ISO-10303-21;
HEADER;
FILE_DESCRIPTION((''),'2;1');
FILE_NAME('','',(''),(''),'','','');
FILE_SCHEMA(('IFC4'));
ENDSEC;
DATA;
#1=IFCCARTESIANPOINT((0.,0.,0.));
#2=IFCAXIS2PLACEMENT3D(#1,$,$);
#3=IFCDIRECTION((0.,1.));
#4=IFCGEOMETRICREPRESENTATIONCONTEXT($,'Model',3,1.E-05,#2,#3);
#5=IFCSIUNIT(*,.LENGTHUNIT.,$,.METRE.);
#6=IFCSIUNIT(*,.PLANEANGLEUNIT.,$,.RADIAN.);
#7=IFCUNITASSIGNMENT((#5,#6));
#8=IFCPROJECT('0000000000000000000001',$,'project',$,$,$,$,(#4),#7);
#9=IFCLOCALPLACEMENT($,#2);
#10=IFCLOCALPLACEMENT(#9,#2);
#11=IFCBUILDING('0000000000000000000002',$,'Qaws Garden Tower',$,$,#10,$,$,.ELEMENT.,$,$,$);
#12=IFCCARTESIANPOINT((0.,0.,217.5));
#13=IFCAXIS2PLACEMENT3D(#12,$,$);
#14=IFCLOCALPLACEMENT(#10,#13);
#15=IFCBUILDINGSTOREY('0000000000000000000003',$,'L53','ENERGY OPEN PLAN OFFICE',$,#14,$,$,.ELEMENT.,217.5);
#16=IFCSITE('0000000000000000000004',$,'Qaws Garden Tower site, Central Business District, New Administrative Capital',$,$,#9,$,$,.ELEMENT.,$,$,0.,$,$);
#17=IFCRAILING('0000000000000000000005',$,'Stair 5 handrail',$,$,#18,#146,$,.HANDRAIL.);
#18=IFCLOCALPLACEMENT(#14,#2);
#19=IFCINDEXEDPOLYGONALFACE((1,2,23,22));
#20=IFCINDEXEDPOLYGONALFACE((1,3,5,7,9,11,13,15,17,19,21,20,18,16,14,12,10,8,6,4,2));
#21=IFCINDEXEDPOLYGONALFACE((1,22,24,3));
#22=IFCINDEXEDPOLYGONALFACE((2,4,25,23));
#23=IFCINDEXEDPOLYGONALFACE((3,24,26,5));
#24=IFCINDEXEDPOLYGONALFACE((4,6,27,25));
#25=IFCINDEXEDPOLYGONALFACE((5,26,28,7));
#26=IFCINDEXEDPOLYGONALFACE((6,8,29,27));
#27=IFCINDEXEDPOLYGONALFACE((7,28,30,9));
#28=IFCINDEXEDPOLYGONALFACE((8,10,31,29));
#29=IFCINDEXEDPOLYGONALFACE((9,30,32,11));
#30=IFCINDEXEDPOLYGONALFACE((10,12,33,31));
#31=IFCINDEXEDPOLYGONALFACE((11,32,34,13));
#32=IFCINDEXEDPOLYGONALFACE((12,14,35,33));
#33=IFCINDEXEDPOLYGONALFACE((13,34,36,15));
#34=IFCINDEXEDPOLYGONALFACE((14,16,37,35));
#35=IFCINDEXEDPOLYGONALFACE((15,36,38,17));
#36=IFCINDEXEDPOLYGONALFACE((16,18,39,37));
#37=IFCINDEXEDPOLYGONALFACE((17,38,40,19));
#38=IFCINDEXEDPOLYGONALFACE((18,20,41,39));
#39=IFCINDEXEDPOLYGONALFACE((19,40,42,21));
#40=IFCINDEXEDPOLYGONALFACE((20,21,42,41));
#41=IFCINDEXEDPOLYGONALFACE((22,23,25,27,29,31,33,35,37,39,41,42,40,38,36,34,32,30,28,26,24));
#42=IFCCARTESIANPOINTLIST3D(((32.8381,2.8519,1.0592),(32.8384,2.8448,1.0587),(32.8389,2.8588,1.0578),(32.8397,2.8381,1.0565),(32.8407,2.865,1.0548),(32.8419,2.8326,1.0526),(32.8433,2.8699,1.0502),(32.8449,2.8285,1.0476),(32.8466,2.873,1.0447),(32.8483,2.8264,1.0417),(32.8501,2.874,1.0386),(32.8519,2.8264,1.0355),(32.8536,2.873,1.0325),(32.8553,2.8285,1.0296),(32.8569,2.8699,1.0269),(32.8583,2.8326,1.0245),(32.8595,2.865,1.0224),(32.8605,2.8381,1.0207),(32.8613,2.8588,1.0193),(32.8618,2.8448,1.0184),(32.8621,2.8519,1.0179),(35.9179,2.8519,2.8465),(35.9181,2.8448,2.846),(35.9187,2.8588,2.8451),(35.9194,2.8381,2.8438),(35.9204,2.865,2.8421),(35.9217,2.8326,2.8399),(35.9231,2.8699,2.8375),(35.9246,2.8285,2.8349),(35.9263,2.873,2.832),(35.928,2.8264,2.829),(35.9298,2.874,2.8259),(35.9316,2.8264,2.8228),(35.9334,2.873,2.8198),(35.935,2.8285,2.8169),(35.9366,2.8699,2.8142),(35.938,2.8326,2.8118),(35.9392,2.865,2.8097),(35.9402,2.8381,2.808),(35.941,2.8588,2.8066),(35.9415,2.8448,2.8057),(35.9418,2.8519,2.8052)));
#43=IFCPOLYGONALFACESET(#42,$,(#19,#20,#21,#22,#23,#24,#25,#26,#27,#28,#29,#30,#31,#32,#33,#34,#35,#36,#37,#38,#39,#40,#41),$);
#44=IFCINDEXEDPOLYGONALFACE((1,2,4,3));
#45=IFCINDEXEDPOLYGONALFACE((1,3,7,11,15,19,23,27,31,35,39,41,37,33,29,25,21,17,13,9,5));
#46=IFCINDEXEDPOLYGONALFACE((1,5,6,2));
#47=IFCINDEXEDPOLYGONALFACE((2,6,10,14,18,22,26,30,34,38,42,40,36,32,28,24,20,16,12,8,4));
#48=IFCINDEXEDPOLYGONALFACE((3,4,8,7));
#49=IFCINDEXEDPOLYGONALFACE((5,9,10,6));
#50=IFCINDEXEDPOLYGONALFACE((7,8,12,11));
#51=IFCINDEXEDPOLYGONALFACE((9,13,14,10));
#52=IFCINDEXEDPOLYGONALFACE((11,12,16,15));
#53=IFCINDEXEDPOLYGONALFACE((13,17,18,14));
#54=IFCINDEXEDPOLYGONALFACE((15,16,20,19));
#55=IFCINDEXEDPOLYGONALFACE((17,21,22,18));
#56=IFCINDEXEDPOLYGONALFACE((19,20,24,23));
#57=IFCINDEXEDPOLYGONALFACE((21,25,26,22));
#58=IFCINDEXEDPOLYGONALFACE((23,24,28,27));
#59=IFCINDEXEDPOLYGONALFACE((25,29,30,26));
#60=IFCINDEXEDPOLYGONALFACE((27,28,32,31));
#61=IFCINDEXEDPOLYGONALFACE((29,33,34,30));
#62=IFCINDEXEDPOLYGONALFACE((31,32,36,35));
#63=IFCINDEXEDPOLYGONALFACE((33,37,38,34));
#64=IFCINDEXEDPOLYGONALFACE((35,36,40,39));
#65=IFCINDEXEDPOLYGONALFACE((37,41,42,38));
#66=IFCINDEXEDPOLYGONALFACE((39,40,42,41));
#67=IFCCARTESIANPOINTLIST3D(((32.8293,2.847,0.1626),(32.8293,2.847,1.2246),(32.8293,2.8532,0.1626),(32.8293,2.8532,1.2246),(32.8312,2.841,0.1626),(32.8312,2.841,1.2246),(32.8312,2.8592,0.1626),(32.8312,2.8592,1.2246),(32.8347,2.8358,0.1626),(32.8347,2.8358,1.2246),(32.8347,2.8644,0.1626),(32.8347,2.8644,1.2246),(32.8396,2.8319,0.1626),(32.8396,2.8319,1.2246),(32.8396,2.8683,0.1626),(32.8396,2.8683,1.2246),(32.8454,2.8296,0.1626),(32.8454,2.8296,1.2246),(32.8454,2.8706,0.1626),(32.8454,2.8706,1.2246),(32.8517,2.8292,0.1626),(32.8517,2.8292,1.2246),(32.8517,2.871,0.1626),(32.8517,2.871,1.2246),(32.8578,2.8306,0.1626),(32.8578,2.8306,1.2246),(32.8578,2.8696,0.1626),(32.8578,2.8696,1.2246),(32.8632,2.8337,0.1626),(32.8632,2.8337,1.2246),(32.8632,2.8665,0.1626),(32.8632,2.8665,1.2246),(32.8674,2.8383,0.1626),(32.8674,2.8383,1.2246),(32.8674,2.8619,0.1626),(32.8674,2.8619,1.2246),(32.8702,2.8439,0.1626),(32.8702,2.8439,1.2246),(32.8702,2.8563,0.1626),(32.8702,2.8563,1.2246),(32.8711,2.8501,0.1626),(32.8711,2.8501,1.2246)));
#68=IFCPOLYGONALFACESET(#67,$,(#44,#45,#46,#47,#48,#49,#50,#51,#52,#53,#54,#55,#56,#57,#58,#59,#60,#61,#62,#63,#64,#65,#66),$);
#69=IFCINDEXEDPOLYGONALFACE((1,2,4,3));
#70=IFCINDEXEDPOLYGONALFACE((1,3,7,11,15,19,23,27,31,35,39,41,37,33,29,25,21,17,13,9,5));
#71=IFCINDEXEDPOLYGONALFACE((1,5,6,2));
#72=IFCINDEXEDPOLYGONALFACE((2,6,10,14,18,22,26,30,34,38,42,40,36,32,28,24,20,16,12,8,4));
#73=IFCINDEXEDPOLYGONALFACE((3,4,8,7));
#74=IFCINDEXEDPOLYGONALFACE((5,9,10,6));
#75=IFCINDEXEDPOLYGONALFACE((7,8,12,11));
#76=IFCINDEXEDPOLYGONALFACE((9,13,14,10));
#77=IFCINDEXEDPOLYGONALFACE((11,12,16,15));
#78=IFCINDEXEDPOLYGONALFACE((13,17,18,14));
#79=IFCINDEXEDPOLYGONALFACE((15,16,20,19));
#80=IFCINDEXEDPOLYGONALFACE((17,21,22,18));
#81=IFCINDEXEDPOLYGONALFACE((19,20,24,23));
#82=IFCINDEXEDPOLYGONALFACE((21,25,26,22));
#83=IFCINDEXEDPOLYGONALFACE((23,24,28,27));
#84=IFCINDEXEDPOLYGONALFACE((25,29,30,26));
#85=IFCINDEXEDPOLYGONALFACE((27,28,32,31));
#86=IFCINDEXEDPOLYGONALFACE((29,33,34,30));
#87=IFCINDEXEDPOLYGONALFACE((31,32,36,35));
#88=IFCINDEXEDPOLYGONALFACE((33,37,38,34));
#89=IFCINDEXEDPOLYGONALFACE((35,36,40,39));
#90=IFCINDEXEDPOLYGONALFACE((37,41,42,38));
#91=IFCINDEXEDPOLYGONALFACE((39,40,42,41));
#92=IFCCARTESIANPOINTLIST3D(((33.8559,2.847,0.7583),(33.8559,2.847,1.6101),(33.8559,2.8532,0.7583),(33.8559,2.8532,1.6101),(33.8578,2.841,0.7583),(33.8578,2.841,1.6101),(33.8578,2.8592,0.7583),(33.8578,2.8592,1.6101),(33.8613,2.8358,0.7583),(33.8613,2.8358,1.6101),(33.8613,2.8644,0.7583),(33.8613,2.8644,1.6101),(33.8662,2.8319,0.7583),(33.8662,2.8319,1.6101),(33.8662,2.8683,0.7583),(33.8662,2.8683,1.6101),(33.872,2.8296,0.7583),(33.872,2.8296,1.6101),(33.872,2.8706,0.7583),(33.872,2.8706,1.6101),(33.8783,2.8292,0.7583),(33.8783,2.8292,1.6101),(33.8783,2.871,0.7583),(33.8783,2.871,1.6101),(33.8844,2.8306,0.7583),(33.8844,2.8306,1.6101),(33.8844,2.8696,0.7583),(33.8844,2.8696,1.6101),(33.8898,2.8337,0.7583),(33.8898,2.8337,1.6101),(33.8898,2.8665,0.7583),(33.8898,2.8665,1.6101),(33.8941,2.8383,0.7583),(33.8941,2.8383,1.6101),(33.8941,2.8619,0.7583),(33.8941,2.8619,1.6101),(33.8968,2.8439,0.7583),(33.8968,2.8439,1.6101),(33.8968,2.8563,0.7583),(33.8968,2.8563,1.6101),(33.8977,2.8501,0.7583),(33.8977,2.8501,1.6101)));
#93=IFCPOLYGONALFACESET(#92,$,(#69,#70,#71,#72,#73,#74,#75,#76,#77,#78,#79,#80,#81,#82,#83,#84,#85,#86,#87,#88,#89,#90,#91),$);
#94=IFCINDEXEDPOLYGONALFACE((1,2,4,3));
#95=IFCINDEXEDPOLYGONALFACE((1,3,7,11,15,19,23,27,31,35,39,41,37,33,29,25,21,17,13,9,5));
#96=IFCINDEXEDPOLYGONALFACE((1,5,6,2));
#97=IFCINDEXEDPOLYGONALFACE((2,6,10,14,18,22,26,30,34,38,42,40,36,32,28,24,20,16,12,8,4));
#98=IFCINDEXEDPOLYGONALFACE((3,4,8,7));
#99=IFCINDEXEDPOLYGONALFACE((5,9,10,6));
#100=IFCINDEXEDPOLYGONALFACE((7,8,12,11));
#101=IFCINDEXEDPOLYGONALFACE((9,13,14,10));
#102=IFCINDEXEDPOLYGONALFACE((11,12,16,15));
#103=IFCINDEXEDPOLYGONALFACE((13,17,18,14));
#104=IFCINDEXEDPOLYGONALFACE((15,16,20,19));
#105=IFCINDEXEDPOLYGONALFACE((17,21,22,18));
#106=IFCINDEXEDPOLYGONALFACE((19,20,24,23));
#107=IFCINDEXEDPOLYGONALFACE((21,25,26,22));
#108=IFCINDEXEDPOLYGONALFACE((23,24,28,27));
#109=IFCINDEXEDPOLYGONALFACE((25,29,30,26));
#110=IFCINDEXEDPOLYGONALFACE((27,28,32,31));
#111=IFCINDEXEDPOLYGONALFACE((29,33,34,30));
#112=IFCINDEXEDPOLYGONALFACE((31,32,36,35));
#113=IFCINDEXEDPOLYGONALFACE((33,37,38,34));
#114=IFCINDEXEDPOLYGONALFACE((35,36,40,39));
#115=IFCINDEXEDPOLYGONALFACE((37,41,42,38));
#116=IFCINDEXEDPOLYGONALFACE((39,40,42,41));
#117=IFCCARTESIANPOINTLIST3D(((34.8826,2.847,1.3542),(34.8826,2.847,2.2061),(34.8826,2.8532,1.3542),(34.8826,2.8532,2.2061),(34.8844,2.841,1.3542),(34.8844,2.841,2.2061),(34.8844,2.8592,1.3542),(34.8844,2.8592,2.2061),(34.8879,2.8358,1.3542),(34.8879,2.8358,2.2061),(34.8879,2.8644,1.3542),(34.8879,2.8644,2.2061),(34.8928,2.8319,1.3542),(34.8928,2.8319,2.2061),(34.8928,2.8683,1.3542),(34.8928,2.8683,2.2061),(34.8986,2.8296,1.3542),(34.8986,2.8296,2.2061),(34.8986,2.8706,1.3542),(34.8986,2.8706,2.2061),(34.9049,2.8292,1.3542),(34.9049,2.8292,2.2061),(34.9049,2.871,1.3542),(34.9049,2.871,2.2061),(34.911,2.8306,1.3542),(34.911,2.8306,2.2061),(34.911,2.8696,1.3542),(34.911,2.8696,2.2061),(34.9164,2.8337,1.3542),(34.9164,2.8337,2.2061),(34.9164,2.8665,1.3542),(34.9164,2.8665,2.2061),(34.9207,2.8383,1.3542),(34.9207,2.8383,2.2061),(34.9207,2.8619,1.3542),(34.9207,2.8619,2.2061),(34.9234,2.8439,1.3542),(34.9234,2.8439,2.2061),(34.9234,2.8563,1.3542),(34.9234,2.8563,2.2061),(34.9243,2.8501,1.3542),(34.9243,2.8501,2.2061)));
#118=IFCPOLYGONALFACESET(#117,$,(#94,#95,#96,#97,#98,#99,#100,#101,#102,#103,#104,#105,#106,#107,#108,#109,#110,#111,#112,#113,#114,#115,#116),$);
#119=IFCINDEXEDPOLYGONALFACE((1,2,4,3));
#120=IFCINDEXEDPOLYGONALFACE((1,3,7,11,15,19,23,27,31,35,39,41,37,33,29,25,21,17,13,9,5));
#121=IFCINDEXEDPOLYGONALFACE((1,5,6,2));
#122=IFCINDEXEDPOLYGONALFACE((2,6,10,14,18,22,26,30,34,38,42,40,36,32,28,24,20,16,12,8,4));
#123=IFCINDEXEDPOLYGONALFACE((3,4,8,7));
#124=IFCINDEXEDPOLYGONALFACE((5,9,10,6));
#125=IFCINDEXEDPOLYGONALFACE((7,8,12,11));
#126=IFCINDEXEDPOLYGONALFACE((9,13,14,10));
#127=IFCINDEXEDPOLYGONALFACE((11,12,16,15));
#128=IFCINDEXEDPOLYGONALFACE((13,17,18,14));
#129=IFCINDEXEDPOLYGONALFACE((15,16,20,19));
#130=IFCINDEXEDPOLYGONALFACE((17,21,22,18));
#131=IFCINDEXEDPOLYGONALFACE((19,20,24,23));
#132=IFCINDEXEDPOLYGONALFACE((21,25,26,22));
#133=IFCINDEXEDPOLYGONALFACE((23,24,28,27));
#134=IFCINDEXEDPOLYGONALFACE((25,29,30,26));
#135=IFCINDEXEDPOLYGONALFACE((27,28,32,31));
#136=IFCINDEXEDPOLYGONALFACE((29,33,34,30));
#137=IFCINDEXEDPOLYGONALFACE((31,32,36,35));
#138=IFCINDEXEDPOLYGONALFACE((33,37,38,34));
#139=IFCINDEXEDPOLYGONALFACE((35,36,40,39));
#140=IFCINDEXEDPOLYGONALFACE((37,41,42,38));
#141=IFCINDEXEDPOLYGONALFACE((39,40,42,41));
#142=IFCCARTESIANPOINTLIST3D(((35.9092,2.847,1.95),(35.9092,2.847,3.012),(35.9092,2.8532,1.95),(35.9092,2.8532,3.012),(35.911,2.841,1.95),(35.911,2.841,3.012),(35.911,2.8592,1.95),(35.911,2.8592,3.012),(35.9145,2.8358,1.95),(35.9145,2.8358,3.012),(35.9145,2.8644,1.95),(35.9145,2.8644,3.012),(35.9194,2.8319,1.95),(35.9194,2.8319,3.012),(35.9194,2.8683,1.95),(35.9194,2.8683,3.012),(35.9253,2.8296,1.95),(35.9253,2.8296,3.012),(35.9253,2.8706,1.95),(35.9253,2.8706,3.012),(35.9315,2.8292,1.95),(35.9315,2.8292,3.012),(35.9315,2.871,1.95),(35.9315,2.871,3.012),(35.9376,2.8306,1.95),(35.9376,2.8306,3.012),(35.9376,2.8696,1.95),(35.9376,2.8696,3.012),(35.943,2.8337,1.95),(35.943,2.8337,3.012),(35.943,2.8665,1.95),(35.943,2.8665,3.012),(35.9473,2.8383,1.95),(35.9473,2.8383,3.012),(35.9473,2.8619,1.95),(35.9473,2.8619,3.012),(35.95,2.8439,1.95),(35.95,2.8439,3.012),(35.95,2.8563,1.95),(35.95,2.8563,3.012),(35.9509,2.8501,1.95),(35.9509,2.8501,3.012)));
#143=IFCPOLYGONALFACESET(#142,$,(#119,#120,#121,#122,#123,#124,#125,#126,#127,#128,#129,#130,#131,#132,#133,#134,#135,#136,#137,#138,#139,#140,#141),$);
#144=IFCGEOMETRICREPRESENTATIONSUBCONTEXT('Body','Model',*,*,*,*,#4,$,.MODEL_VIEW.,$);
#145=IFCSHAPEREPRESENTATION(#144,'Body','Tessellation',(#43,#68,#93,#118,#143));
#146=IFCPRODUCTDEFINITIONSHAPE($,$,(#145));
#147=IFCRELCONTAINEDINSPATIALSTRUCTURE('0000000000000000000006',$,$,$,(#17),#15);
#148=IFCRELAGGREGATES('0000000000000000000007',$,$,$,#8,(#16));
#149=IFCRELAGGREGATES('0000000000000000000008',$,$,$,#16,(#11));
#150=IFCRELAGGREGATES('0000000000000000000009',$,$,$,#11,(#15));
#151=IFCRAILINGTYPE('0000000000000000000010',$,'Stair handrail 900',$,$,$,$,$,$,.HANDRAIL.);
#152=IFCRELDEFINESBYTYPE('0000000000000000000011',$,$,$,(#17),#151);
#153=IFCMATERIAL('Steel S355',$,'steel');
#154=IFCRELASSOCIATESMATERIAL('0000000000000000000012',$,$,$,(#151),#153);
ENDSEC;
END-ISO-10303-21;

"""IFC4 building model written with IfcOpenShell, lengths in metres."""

from ifc_helpers import new_model, si_unit, direction, frame, origin, origin_2d, place, context, subcontext, project, spatial, circle, extrude, material, type_object, element, save


model = new_model("IFC4")

# Units and contexts
model_context = context("Model", 3, precision=1e-05, world=origin(), true_north=direction((0.0, 1.0)))
body_context = subcontext(model_context, "Body", "Model", "MODEL_VIEW")
ifc_project = project(units=[si_unit("LENGTHUNIT", "METRE"), si_unit("PLANEANGLEUNIT", "RADIAN")], contexts=[model_context])

# Site, building, storey
site_placement = place(None, origin())
site = spatial("IfcSite", under=ifc_project, at=site_placement, Name="Qaws Garden Tower site, Central Business District, New Administrative Capital", CompositionType="ELEMENT", RefElevation=0.0)
building_placement = place(site_placement, origin())
building = spatial("IfcBuilding", under=site, at=building_placement, Name="Qaws Garden Tower", CompositionType="ELEMENT")
storey_placement = place(building_placement, frame((0.0, 0.0, 217.5)))
storey = spatial("IfcBuildingStorey", under=building, at=storey_placement, Name="L53", Description="ENERGY OPEN PLAN OFFICE", CompositionType="ELEMENT", Elevation=217.5)

# Railing
ifc_material_1 = material(Name="Steel S355", Category="steel")
railing_type = type_object("IfcRailingType", Name="Stair handrail 900", PredefinedType="HANDRAIL", material=ifc_material_1)
railing_1_placement = place(storey_placement, frame((32.8501, 2.8501, 0.1626)))
element("IfcRailing", 1, at=railing_1_placement, inside=storey, type_object=railing_type, Name="Stair 5 handrail", PredefinedType="HANDRAIL", context=body_context, shape_type="SweptSolid", body=[
    extrude(circle(Radius=0.0239, at=origin_2d()), frame((0.0, 0.0, 0.876), z_axis=(0.864903, 0.0, 0.501939), x_axis=(0.0, 1.0, 0.0)), (0.0, 0.0, 1.0), 3.5608),
    extrude(circle(Radius=0.021, at=origin_2d()), origin(), (0.0, 0.0, 1.0), 1.062),
    extrude(circle(Radius=0.021, at=origin_2d()), frame((1.0266, 0.0, 0.5957)), (0.0, 0.0, 1.0), 0.8518),
    extrude(circle(Radius=0.021, at=origin_2d()), frame((2.0532, 0.0, 1.1917)), (0.0, 0.0, 1.0), 0.8518),
    extrude(circle(Radius=0.021, at=origin_2d()), frame((3.0798, 0.0, 1.7874)), (0.0, 0.0, 1.0), 1.062),
])

save(model, "model.ifc")
